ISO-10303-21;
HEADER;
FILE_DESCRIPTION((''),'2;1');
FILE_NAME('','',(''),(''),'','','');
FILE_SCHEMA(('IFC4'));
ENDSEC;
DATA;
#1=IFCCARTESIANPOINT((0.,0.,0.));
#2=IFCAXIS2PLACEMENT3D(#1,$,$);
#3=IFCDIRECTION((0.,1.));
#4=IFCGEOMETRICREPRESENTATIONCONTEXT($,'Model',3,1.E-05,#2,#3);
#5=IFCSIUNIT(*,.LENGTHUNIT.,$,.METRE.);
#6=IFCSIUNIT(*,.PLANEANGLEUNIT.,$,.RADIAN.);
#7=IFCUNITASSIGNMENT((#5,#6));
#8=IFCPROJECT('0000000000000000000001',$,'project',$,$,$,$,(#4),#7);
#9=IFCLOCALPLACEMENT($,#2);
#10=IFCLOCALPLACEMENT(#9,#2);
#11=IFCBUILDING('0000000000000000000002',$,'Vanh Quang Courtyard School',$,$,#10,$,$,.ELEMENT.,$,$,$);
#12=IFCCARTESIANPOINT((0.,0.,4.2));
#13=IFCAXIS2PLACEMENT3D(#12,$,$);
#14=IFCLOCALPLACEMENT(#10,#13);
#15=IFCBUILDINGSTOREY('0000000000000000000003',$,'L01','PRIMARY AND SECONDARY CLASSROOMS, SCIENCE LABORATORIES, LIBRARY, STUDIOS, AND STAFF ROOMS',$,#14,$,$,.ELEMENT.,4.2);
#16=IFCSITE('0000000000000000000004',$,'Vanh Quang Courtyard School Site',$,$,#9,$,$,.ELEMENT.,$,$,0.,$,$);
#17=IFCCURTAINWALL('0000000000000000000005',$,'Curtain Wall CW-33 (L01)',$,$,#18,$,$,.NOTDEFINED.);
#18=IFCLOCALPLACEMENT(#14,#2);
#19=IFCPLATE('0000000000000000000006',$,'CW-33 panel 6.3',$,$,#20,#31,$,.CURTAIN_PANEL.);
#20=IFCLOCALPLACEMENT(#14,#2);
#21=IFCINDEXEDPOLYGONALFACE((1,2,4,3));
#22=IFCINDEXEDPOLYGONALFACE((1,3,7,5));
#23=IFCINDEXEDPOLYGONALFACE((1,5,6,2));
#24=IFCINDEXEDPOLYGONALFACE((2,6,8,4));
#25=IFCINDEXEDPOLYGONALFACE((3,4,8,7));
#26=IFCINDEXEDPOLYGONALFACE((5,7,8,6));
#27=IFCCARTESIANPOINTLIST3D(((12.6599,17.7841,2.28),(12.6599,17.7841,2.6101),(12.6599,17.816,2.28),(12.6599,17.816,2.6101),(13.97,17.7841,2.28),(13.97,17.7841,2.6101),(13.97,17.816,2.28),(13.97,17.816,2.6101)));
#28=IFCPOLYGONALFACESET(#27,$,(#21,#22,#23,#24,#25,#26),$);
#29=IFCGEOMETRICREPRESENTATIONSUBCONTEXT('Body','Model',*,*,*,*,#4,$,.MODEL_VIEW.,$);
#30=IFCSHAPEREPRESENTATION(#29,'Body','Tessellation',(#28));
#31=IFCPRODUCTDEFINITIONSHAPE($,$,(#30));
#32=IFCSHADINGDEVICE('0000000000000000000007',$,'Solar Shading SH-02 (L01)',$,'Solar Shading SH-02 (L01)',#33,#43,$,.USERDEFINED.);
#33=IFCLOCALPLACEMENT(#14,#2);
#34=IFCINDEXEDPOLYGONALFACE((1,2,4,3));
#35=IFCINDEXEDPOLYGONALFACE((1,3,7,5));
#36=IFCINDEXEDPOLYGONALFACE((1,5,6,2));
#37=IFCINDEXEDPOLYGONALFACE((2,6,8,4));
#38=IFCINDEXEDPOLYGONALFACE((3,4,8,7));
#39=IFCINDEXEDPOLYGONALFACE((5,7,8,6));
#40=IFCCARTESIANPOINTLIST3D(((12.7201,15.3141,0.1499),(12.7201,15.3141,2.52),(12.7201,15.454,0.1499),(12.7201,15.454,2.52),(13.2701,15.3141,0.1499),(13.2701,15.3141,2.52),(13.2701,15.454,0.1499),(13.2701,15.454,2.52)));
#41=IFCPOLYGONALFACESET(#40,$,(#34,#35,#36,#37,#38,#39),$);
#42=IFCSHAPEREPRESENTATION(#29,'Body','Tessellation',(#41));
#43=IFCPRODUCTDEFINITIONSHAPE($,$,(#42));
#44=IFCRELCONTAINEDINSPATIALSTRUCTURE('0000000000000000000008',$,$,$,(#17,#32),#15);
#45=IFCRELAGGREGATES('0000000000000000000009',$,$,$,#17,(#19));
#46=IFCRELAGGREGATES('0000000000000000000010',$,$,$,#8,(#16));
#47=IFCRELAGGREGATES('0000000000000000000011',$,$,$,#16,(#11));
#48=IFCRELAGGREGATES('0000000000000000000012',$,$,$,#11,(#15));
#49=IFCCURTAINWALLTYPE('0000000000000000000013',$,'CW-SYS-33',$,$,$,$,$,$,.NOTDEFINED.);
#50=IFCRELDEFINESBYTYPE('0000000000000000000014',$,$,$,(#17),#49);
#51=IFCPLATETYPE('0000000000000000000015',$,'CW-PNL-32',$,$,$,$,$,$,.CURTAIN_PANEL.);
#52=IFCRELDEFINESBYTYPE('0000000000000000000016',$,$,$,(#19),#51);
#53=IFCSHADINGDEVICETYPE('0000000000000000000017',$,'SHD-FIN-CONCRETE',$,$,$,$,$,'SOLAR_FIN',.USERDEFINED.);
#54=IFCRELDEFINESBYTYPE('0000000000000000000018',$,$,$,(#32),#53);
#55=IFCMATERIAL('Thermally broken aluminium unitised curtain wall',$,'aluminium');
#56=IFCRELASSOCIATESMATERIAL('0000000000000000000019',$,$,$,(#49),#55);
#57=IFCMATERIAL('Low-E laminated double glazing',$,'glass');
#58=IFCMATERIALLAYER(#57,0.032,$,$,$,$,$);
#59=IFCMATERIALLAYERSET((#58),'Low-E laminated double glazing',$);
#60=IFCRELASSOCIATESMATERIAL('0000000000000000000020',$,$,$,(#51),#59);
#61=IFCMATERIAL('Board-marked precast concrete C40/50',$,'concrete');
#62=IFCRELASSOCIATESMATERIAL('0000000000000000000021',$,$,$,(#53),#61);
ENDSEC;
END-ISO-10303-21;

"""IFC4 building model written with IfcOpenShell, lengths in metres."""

from ifc_helpers import new_model, si_unit, direction, frame, origin, origin_2d, place, context, subcontext, project, spatial, rectangle, extrude, material, layer, layer_set, type_object, element, aggregate, save


model = new_model("IFC4")

# Units and contexts
model_context = context("Model", 3, precision=1e-05, world=origin(), true_north=direction((0.0, 1.0)))
body_context = subcontext(model_context, "Body", "Model", "MODEL_VIEW")
ifc_project = project(units=[si_unit("LENGTHUNIT", "METRE"), si_unit("PLANEANGLEUNIT", "RADIAN")], contexts=[model_context])

# Site, building, storey
site_placement = place(None, origin())
site = spatial("IfcSite", under=ifc_project, at=site_placement, Name="Vanh Quang Courtyard School Site", CompositionType="ELEMENT", RefElevation=0.0)
building_placement = place(site_placement, origin())
building = spatial("IfcBuilding", under=site, at=building_placement, Name="Vanh Quang Courtyard School", CompositionType="ELEMENT")
storey_placement = place(building_placement, frame((0.0, 0.0, 4.2)))
storey = spatial("IfcBuildingStorey", under=building, at=storey_placement, Name="L01", Description="PRIMARY AND SECONDARY CLASSROOMS, SCIENCE LABORATORIES, LIBRARY, STUDIOS, AND STAFF ROOMS", CompositionType="ELEMENT", Elevation=4.2)

# Curtain wall
ifc_material_1 = material(Name="Thermally broken aluminium unitised curtain wall", Category="aluminium")
curtain_wall_type_1 = type_object("IfcCurtainWallType", Name="CW-SYS-33", PredefinedType="NOTDEFINED", material=ifc_material_1)
curtain_wall_1_placement = place(storey_placement, origin())
curtain_wall_1 = element("IfcCurtainWall", 1, at=curtain_wall_1_placement, inside=storey, type_object=curtain_wall_type_1, Name="Curtain Wall CW-33 (L01)", PredefinedType="NOTDEFINED")

# Plate
ifc_material_2 = material(Name="Low-E laminated double glazing", Category="glass")
ifc_layer = layer(ifc_material_2, 0.032)
ifc_layer_set = layer_set([ifc_layer], Name="Low-E laminated double glazing")
plate_type = type_object("IfcPlateType", Name="CW-PNL-32", PredefinedType="CURTAIN_PANEL", material=ifc_layer_set)
plate_1_placement = place(storey_placement, frame((13.3149, 17.8, 2.28), z_axis=(0.0, 0.0, 1.0), x_axis=(-1.0, 0.0, 0.0)))
plate_1 = element("IfcPlate", 2, at=plate_1_placement, type_object=plate_type, Name="CW-33 panel 6.3", PredefinedType="CURTAIN_PANEL", context=body_context, shape_type="SweptSolid", body=[
    extrude(rectangle(XDim=1.3101, YDim=0.032, at=origin_2d()), origin(), (0.0, 0.0, 1.0), 0.3301),
])
aggregate(curtain_wall_1, [plate_1])

# Shading device
ifc_material_3 = material(Name="Board-marked precast concrete C40/50", Category="concrete")
shading_device_type = type_object("IfcShadingDeviceType", Name="SHD-FIN-CONCRETE", ElementType="SOLAR_FIN", PredefinedType="USERDEFINED", material=ifc_material_3)
shading_device_placement = place(storey_placement, frame((12.9951, 15.384, 0.1499), z_axis=(0.0, 0.0, 1.0), x_axis=(0.0, -1.0, 0.0)))
element("IfcShadingDevice", 3, at=shading_device_placement, inside=storey, type_object=shading_device_type, Name="Solar Shading SH-02 (L01)", ObjectType="Solar Shading SH-02 (L01)", PredefinedType="USERDEFINED", context=body_context, shape_type="SweptSolid", body=[
    extrude(rectangle(XDim=0.1399, YDim=0.55, at=origin_2d()), origin(), (0.0, 0.0, 1.0), 2.3701),
])

save(model, "model.ifc")
